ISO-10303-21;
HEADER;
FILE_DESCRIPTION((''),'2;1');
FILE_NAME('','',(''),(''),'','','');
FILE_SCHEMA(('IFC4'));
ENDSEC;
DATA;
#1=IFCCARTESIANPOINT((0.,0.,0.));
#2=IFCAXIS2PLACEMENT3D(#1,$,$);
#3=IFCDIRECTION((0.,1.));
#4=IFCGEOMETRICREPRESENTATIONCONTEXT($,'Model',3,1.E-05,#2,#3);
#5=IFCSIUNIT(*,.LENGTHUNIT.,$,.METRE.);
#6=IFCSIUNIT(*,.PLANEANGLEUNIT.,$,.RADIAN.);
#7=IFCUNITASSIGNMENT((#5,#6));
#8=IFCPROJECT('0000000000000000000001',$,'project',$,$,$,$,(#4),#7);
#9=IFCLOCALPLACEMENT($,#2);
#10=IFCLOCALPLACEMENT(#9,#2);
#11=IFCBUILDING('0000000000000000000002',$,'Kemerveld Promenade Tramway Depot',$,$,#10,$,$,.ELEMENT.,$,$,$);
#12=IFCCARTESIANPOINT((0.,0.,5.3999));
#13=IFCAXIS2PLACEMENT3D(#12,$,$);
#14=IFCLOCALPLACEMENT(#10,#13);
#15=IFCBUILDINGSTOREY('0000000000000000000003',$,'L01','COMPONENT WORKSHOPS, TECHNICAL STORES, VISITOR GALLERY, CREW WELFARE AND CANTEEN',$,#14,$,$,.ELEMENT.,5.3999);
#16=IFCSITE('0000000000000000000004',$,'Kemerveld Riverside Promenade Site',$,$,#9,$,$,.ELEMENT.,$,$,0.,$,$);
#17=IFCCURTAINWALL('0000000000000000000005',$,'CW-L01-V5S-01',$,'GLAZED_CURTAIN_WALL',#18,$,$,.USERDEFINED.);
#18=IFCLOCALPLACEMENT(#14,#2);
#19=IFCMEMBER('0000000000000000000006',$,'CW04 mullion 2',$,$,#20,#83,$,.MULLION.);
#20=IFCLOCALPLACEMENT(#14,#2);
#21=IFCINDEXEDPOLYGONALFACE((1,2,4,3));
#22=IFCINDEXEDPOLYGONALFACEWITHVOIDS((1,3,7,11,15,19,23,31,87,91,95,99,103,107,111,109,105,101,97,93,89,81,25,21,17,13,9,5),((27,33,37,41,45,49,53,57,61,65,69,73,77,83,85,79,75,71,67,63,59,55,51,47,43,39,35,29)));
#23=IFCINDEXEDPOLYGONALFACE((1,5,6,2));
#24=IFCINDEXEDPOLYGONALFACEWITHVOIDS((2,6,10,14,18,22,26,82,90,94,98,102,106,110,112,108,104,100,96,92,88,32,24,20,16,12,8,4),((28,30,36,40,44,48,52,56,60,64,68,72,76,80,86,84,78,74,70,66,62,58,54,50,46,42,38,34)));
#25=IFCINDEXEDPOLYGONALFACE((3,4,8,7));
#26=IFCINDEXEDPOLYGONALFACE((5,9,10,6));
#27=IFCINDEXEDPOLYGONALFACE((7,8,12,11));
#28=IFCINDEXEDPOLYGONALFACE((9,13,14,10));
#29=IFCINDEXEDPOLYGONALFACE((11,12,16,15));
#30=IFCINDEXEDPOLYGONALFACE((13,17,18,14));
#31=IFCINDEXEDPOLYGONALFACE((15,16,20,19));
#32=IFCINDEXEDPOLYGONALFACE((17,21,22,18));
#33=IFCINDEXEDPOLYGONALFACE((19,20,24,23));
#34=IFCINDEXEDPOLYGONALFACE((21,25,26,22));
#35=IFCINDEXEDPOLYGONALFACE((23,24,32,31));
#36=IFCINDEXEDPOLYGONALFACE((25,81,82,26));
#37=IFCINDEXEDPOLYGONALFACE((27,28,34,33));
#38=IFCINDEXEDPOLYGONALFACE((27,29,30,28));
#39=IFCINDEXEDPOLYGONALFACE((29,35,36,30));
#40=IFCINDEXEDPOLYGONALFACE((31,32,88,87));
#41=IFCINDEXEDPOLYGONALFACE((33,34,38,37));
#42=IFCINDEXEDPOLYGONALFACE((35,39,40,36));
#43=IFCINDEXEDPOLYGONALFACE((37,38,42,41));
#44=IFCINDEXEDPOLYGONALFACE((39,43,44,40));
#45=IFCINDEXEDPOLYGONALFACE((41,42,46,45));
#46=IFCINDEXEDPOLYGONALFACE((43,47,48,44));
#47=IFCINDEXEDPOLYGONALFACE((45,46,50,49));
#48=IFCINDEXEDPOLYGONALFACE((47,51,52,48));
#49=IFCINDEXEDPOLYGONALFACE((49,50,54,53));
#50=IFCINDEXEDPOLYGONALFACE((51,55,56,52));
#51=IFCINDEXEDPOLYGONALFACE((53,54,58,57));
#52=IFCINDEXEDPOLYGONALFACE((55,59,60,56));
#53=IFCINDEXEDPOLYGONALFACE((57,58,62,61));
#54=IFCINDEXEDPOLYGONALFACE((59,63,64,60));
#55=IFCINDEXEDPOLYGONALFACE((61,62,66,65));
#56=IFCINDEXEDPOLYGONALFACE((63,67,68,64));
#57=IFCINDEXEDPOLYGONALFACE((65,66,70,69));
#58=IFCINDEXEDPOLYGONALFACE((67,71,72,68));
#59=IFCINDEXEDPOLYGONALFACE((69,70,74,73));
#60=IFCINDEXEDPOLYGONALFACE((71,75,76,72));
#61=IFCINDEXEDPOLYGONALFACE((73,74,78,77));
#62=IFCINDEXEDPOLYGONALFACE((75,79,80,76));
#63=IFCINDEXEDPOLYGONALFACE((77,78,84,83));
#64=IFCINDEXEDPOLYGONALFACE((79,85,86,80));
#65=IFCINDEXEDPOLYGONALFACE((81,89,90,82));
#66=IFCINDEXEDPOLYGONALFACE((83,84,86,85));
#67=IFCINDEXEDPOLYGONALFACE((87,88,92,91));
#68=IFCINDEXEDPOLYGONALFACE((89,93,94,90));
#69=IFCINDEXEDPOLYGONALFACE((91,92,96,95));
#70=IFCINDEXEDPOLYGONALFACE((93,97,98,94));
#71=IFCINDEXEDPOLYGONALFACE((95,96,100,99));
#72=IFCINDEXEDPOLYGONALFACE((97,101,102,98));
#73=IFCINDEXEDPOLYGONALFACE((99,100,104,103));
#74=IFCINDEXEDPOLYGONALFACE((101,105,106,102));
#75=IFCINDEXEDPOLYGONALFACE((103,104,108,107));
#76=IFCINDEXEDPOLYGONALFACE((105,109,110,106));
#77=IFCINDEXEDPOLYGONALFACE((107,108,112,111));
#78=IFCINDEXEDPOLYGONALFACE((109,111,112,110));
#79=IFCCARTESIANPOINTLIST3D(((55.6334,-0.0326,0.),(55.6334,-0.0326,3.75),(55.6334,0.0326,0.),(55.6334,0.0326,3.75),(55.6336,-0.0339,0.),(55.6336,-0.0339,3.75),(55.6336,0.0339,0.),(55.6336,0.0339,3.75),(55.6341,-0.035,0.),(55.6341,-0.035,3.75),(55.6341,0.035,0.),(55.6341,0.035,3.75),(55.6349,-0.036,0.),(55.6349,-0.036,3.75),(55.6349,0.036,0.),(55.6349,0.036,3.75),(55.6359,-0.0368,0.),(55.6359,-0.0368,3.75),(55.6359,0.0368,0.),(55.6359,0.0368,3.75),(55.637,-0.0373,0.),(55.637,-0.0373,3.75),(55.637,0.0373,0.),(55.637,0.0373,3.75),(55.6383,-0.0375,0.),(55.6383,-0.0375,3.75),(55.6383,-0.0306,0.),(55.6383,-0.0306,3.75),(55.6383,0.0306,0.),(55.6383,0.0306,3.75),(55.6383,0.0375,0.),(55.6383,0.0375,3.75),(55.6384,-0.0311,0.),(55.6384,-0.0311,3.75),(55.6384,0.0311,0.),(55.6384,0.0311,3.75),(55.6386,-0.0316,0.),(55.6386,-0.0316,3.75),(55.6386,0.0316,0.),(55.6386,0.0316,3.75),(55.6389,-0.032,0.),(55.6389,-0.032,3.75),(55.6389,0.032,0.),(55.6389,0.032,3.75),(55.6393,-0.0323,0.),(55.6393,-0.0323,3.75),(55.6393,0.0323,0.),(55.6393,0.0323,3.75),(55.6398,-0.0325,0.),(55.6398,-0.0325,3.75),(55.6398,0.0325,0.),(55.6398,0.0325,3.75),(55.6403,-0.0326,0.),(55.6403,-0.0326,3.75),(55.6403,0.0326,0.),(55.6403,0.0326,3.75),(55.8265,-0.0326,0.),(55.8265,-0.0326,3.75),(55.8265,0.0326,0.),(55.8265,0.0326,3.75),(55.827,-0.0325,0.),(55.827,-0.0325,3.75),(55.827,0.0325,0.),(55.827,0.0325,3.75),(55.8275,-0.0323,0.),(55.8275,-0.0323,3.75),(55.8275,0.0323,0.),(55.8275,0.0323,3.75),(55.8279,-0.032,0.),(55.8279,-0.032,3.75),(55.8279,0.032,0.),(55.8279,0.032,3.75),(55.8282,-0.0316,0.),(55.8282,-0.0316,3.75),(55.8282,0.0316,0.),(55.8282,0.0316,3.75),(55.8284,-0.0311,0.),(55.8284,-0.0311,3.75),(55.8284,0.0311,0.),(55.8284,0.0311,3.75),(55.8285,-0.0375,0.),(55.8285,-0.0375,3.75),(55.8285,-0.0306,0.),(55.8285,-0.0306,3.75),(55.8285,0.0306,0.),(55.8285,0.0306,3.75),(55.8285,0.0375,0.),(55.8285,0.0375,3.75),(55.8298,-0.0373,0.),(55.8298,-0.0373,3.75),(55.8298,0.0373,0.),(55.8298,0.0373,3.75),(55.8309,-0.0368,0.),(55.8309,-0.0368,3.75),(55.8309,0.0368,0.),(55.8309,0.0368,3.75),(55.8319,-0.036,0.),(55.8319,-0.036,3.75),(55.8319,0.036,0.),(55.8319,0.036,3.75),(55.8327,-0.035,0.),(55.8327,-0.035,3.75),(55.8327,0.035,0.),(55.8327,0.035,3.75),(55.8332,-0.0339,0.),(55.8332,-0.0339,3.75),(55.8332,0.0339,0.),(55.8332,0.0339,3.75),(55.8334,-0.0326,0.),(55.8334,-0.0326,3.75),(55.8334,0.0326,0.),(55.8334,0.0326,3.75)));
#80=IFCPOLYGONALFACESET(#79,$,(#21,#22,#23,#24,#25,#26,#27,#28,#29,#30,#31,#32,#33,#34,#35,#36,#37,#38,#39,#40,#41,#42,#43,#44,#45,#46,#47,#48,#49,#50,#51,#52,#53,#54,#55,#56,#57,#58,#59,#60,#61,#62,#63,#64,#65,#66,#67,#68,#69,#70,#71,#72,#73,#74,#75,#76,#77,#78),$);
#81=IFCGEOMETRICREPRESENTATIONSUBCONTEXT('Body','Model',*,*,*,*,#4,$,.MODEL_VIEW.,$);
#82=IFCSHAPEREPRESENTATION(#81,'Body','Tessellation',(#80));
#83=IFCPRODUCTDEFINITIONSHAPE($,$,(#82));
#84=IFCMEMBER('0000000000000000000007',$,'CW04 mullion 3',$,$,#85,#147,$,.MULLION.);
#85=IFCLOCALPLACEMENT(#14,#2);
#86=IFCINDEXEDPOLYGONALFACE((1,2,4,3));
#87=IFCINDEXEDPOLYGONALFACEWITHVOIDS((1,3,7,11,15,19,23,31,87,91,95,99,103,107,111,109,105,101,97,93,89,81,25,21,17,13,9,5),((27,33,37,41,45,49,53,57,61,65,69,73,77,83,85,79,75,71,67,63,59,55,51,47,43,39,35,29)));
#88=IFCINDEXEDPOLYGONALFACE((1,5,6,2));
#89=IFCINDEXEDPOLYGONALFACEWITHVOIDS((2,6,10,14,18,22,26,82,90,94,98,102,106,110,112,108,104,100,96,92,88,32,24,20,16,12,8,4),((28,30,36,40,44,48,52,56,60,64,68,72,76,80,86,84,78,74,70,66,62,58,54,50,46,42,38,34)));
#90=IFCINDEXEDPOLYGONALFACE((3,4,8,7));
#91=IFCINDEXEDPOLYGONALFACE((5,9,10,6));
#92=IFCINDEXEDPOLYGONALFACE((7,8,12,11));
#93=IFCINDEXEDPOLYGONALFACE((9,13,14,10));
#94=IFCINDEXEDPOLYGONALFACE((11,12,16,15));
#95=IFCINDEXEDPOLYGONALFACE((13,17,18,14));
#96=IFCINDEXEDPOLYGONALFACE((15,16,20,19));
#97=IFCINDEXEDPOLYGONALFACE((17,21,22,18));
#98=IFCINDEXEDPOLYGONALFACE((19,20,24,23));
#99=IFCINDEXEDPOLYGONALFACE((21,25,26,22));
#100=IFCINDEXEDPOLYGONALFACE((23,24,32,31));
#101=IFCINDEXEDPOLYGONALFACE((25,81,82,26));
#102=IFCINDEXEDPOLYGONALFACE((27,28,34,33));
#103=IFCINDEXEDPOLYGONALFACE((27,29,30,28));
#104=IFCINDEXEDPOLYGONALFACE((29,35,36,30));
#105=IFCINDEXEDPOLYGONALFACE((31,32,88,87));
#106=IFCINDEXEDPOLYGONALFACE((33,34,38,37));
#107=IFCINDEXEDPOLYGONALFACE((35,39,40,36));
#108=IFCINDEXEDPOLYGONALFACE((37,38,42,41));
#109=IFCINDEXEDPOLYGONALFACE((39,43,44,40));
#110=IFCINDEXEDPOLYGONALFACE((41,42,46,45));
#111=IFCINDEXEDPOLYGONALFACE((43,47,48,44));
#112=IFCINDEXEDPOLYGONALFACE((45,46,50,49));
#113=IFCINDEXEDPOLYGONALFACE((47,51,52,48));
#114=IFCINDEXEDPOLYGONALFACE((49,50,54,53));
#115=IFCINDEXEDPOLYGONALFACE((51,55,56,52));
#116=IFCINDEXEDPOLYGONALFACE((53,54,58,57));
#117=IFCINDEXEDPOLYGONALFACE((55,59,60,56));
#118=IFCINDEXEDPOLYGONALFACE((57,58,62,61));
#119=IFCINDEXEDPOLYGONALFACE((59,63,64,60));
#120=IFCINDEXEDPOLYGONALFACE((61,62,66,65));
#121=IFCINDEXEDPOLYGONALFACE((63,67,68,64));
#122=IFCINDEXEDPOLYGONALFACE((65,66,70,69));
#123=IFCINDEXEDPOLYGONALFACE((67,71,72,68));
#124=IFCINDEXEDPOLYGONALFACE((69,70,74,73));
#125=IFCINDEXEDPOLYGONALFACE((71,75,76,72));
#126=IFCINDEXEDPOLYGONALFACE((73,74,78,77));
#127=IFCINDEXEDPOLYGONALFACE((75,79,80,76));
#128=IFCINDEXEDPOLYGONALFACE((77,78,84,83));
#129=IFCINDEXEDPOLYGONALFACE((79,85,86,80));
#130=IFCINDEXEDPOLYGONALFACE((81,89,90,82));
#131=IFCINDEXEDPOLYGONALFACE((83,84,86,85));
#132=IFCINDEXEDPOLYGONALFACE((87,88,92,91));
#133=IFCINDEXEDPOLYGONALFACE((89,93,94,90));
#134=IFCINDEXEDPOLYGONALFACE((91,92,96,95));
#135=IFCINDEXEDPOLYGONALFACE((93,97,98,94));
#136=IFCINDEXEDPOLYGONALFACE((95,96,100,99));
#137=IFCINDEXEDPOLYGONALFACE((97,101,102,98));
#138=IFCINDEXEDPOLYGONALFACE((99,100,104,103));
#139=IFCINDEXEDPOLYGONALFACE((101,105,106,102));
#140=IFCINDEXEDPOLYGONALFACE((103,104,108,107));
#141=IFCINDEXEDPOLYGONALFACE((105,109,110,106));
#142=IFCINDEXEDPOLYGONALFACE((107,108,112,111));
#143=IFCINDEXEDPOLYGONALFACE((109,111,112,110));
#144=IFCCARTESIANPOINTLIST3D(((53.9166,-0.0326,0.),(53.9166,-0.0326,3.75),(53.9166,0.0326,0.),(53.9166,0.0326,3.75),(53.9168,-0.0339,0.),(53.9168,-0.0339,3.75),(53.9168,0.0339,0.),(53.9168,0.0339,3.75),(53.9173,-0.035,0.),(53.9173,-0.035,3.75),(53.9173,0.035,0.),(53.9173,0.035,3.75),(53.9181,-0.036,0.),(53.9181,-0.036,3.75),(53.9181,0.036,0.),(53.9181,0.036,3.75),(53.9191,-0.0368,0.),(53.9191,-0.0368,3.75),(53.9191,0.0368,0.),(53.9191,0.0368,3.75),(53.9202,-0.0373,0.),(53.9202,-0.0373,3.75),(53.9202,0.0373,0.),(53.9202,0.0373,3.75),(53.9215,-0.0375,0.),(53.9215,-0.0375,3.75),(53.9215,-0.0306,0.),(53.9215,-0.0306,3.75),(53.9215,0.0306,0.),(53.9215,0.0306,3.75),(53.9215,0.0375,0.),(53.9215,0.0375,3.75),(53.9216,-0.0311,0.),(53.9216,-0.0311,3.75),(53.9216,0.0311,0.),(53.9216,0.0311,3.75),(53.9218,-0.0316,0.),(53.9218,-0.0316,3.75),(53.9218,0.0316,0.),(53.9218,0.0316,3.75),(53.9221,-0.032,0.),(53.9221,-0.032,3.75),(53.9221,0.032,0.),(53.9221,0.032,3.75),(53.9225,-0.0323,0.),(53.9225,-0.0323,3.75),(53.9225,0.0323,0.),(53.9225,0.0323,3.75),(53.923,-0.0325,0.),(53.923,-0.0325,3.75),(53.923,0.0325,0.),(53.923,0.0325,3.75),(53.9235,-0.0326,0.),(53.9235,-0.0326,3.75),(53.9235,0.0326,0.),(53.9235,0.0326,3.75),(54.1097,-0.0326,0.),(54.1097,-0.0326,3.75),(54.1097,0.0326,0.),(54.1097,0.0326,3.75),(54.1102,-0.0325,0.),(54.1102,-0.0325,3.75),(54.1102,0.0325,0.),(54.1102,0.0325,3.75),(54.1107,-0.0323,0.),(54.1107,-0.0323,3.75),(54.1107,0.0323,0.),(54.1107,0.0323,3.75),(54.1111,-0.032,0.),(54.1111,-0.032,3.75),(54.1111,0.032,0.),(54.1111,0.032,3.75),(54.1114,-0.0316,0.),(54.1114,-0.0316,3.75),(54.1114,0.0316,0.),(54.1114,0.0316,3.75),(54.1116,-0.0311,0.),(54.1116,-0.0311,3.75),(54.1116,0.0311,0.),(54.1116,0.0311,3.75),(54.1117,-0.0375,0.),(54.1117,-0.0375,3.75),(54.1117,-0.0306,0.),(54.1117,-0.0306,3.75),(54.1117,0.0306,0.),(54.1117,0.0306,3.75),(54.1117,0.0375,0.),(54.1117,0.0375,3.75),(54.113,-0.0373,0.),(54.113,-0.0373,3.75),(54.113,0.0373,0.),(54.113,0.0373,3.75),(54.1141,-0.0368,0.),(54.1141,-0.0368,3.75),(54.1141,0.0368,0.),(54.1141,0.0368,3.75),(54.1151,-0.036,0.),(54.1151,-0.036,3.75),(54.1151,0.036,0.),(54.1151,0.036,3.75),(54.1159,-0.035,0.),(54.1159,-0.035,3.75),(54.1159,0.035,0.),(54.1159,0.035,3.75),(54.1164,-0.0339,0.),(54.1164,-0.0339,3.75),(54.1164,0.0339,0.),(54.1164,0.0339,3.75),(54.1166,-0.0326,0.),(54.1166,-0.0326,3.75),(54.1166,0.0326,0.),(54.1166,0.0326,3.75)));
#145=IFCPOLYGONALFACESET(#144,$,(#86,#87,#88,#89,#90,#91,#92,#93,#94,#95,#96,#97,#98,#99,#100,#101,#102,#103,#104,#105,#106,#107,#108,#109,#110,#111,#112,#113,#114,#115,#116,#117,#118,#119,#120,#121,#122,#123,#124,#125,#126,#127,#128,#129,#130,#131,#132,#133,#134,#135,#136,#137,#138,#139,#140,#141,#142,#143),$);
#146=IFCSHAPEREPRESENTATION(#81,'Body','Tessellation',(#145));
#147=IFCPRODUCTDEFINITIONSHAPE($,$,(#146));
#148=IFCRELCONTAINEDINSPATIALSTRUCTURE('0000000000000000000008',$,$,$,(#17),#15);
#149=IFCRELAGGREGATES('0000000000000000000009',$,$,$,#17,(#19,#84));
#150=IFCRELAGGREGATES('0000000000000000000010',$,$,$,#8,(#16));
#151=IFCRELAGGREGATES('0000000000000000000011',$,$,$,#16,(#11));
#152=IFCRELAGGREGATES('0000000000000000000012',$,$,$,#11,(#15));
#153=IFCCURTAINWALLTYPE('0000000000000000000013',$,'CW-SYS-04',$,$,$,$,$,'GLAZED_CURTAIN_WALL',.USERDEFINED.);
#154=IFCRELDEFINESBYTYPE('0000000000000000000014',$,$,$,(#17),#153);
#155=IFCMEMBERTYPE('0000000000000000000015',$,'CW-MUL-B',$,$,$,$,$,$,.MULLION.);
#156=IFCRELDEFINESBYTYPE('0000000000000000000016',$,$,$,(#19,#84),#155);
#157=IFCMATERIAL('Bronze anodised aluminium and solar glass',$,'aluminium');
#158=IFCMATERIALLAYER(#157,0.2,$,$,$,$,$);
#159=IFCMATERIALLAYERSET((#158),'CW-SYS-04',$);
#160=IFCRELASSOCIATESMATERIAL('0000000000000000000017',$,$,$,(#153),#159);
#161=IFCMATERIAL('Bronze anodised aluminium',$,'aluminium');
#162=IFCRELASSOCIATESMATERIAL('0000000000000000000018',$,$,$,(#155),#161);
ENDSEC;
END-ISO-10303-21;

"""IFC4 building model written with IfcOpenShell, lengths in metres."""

from ifc_helpers import new_model, si_unit, direction, frame, origin, origin_2d, place, context, subcontext, project, spatial, hollow_rectangle, extrude, material, layer, layer_set, material_profile, profile_set, type_object, element, aggregate, save


model = new_model("IFC4")

# Units and contexts
model_context = context("Model", 3, precision=1e-05, world=origin(), true_north=direction((0.0, 1.0)))
body_context = subcontext(model_context, "Body", "Model", "MODEL_VIEW")
ifc_project = project(units=[si_unit("LENGTHUNIT", "METRE"), si_unit("PLANEANGLEUNIT", "RADIAN")], contexts=[model_context])

# Site, building, storey
site_placement = place(None, origin())
site = spatial("IfcSite", under=ifc_project, at=site_placement, Name="Kemerveld Riverside Promenade Site", CompositionType="ELEMENT", RefElevation=0.0)
building_placement = place(site_placement, origin())
building = spatial("IfcBuilding", under=site, at=building_placement, Name="Kemerveld Promenade Tramway Depot", CompositionType="ELEMENT")
storey_placement = place(building_placement, frame((0.0, 0.0, 5.3999)))
storey = spatial("IfcBuildingStorey", under=building, at=storey_placement, Name="L01", Description="COMPONENT WORKSHOPS, TECHNICAL STORES, VISITOR GALLERY, CREW WELFARE AND CANTEEN", CompositionType="ELEMENT", Elevation=5.3999)

# Curtain wall, members
ifc_material_1 = material(Name="Bronze anodised aluminium and solar glass", Category="aluminium")
ifc_layer_1 = layer(ifc_material_1, 0.2)
ifc_layer_set_1 = layer_set([ifc_layer_1], Name="CW-SYS-04")
curtain_wall_type = type_object("IfcCurtainWallType", Name="CW-SYS-04", ElementType="GLAZED_CURTAIN_WALL", PredefinedType="USERDEFINED", material=ifc_layer_set_1)
curtain_wall_placement = place(storey_placement, origin())
curtain_wall = element("IfcCurtainWall", 1, at=curtain_wall_placement, inside=storey, type_object=curtain_wall_type, Name="CW-L01-V5S-01", ObjectType="GLAZED_CURTAIN_WALL", PredefinedType="USERDEFINED")
ifc_material_2 = material(Name="Bronze anodised aluminium", Category="aluminium")
ifc_material_profile_1 = material_profile(ifc_material_2, hollow_rectangle(XDim=0.075, YDim=0.2, WallThickness=0.0049, InnerFilletRadius=0.002, OuterFilletRadius=0.0049, at=origin_2d()), Name="CW-MUL-200x75")
ifc_profile_set_1 = profile_set([ifc_material_profile_1], Name="Bronze anodised aluminium")
member_type_1 = type_object("IfcMemberType", Name="CW-MUL-B", PredefinedType="MULLION", material=ifc_profile_set_1)
member_1_placement = place(storey_placement, frame((55.7334, 0.0, 0.0), z_axis=(0.0, 0.0, 1.0), x_axis=(0.0, -1.0, 0.0)))
member_1 = element("IfcMember", 2, at=member_1_placement, type_object=member_type_1, Name="CW04 mullion 2", PredefinedType="MULLION", context=body_context, shape_type="SweptSolid", body=[
    extrude(hollow_rectangle(XDim=0.075, YDim=0.2, WallThickness=0.0049, InnerFilletRadius=0.002, OuterFilletRadius=0.0049, at=origin_2d()), origin(), (0.0, 0.0, 1.0), 3.75),
])
member_2_placement = place(storey_placement, frame((54.0166, 0.0, 0.0), z_axis=(0.0, 0.0, 1.0), x_axis=(0.0, -1.0, 0.0)))
member_2 = element("IfcMember", 3, at=member_2_placement, type_object=member_type_1, Name="CW04 mullion 3", PredefinedType="MULLION", context=body_context, shape_type="SweptSolid", body=[
    extrude(hollow_rectangle(XDim=0.075, YDim=0.2, WallThickness=0.0049, InnerFilletRadius=0.002, OuterFilletRadius=0.0049, at=origin_2d()), origin(), (0.0, 0.0, 1.0), 3.75),
])
aggregate(curtain_wall, [member_1, member_2])

save(model, "model.ifc")
